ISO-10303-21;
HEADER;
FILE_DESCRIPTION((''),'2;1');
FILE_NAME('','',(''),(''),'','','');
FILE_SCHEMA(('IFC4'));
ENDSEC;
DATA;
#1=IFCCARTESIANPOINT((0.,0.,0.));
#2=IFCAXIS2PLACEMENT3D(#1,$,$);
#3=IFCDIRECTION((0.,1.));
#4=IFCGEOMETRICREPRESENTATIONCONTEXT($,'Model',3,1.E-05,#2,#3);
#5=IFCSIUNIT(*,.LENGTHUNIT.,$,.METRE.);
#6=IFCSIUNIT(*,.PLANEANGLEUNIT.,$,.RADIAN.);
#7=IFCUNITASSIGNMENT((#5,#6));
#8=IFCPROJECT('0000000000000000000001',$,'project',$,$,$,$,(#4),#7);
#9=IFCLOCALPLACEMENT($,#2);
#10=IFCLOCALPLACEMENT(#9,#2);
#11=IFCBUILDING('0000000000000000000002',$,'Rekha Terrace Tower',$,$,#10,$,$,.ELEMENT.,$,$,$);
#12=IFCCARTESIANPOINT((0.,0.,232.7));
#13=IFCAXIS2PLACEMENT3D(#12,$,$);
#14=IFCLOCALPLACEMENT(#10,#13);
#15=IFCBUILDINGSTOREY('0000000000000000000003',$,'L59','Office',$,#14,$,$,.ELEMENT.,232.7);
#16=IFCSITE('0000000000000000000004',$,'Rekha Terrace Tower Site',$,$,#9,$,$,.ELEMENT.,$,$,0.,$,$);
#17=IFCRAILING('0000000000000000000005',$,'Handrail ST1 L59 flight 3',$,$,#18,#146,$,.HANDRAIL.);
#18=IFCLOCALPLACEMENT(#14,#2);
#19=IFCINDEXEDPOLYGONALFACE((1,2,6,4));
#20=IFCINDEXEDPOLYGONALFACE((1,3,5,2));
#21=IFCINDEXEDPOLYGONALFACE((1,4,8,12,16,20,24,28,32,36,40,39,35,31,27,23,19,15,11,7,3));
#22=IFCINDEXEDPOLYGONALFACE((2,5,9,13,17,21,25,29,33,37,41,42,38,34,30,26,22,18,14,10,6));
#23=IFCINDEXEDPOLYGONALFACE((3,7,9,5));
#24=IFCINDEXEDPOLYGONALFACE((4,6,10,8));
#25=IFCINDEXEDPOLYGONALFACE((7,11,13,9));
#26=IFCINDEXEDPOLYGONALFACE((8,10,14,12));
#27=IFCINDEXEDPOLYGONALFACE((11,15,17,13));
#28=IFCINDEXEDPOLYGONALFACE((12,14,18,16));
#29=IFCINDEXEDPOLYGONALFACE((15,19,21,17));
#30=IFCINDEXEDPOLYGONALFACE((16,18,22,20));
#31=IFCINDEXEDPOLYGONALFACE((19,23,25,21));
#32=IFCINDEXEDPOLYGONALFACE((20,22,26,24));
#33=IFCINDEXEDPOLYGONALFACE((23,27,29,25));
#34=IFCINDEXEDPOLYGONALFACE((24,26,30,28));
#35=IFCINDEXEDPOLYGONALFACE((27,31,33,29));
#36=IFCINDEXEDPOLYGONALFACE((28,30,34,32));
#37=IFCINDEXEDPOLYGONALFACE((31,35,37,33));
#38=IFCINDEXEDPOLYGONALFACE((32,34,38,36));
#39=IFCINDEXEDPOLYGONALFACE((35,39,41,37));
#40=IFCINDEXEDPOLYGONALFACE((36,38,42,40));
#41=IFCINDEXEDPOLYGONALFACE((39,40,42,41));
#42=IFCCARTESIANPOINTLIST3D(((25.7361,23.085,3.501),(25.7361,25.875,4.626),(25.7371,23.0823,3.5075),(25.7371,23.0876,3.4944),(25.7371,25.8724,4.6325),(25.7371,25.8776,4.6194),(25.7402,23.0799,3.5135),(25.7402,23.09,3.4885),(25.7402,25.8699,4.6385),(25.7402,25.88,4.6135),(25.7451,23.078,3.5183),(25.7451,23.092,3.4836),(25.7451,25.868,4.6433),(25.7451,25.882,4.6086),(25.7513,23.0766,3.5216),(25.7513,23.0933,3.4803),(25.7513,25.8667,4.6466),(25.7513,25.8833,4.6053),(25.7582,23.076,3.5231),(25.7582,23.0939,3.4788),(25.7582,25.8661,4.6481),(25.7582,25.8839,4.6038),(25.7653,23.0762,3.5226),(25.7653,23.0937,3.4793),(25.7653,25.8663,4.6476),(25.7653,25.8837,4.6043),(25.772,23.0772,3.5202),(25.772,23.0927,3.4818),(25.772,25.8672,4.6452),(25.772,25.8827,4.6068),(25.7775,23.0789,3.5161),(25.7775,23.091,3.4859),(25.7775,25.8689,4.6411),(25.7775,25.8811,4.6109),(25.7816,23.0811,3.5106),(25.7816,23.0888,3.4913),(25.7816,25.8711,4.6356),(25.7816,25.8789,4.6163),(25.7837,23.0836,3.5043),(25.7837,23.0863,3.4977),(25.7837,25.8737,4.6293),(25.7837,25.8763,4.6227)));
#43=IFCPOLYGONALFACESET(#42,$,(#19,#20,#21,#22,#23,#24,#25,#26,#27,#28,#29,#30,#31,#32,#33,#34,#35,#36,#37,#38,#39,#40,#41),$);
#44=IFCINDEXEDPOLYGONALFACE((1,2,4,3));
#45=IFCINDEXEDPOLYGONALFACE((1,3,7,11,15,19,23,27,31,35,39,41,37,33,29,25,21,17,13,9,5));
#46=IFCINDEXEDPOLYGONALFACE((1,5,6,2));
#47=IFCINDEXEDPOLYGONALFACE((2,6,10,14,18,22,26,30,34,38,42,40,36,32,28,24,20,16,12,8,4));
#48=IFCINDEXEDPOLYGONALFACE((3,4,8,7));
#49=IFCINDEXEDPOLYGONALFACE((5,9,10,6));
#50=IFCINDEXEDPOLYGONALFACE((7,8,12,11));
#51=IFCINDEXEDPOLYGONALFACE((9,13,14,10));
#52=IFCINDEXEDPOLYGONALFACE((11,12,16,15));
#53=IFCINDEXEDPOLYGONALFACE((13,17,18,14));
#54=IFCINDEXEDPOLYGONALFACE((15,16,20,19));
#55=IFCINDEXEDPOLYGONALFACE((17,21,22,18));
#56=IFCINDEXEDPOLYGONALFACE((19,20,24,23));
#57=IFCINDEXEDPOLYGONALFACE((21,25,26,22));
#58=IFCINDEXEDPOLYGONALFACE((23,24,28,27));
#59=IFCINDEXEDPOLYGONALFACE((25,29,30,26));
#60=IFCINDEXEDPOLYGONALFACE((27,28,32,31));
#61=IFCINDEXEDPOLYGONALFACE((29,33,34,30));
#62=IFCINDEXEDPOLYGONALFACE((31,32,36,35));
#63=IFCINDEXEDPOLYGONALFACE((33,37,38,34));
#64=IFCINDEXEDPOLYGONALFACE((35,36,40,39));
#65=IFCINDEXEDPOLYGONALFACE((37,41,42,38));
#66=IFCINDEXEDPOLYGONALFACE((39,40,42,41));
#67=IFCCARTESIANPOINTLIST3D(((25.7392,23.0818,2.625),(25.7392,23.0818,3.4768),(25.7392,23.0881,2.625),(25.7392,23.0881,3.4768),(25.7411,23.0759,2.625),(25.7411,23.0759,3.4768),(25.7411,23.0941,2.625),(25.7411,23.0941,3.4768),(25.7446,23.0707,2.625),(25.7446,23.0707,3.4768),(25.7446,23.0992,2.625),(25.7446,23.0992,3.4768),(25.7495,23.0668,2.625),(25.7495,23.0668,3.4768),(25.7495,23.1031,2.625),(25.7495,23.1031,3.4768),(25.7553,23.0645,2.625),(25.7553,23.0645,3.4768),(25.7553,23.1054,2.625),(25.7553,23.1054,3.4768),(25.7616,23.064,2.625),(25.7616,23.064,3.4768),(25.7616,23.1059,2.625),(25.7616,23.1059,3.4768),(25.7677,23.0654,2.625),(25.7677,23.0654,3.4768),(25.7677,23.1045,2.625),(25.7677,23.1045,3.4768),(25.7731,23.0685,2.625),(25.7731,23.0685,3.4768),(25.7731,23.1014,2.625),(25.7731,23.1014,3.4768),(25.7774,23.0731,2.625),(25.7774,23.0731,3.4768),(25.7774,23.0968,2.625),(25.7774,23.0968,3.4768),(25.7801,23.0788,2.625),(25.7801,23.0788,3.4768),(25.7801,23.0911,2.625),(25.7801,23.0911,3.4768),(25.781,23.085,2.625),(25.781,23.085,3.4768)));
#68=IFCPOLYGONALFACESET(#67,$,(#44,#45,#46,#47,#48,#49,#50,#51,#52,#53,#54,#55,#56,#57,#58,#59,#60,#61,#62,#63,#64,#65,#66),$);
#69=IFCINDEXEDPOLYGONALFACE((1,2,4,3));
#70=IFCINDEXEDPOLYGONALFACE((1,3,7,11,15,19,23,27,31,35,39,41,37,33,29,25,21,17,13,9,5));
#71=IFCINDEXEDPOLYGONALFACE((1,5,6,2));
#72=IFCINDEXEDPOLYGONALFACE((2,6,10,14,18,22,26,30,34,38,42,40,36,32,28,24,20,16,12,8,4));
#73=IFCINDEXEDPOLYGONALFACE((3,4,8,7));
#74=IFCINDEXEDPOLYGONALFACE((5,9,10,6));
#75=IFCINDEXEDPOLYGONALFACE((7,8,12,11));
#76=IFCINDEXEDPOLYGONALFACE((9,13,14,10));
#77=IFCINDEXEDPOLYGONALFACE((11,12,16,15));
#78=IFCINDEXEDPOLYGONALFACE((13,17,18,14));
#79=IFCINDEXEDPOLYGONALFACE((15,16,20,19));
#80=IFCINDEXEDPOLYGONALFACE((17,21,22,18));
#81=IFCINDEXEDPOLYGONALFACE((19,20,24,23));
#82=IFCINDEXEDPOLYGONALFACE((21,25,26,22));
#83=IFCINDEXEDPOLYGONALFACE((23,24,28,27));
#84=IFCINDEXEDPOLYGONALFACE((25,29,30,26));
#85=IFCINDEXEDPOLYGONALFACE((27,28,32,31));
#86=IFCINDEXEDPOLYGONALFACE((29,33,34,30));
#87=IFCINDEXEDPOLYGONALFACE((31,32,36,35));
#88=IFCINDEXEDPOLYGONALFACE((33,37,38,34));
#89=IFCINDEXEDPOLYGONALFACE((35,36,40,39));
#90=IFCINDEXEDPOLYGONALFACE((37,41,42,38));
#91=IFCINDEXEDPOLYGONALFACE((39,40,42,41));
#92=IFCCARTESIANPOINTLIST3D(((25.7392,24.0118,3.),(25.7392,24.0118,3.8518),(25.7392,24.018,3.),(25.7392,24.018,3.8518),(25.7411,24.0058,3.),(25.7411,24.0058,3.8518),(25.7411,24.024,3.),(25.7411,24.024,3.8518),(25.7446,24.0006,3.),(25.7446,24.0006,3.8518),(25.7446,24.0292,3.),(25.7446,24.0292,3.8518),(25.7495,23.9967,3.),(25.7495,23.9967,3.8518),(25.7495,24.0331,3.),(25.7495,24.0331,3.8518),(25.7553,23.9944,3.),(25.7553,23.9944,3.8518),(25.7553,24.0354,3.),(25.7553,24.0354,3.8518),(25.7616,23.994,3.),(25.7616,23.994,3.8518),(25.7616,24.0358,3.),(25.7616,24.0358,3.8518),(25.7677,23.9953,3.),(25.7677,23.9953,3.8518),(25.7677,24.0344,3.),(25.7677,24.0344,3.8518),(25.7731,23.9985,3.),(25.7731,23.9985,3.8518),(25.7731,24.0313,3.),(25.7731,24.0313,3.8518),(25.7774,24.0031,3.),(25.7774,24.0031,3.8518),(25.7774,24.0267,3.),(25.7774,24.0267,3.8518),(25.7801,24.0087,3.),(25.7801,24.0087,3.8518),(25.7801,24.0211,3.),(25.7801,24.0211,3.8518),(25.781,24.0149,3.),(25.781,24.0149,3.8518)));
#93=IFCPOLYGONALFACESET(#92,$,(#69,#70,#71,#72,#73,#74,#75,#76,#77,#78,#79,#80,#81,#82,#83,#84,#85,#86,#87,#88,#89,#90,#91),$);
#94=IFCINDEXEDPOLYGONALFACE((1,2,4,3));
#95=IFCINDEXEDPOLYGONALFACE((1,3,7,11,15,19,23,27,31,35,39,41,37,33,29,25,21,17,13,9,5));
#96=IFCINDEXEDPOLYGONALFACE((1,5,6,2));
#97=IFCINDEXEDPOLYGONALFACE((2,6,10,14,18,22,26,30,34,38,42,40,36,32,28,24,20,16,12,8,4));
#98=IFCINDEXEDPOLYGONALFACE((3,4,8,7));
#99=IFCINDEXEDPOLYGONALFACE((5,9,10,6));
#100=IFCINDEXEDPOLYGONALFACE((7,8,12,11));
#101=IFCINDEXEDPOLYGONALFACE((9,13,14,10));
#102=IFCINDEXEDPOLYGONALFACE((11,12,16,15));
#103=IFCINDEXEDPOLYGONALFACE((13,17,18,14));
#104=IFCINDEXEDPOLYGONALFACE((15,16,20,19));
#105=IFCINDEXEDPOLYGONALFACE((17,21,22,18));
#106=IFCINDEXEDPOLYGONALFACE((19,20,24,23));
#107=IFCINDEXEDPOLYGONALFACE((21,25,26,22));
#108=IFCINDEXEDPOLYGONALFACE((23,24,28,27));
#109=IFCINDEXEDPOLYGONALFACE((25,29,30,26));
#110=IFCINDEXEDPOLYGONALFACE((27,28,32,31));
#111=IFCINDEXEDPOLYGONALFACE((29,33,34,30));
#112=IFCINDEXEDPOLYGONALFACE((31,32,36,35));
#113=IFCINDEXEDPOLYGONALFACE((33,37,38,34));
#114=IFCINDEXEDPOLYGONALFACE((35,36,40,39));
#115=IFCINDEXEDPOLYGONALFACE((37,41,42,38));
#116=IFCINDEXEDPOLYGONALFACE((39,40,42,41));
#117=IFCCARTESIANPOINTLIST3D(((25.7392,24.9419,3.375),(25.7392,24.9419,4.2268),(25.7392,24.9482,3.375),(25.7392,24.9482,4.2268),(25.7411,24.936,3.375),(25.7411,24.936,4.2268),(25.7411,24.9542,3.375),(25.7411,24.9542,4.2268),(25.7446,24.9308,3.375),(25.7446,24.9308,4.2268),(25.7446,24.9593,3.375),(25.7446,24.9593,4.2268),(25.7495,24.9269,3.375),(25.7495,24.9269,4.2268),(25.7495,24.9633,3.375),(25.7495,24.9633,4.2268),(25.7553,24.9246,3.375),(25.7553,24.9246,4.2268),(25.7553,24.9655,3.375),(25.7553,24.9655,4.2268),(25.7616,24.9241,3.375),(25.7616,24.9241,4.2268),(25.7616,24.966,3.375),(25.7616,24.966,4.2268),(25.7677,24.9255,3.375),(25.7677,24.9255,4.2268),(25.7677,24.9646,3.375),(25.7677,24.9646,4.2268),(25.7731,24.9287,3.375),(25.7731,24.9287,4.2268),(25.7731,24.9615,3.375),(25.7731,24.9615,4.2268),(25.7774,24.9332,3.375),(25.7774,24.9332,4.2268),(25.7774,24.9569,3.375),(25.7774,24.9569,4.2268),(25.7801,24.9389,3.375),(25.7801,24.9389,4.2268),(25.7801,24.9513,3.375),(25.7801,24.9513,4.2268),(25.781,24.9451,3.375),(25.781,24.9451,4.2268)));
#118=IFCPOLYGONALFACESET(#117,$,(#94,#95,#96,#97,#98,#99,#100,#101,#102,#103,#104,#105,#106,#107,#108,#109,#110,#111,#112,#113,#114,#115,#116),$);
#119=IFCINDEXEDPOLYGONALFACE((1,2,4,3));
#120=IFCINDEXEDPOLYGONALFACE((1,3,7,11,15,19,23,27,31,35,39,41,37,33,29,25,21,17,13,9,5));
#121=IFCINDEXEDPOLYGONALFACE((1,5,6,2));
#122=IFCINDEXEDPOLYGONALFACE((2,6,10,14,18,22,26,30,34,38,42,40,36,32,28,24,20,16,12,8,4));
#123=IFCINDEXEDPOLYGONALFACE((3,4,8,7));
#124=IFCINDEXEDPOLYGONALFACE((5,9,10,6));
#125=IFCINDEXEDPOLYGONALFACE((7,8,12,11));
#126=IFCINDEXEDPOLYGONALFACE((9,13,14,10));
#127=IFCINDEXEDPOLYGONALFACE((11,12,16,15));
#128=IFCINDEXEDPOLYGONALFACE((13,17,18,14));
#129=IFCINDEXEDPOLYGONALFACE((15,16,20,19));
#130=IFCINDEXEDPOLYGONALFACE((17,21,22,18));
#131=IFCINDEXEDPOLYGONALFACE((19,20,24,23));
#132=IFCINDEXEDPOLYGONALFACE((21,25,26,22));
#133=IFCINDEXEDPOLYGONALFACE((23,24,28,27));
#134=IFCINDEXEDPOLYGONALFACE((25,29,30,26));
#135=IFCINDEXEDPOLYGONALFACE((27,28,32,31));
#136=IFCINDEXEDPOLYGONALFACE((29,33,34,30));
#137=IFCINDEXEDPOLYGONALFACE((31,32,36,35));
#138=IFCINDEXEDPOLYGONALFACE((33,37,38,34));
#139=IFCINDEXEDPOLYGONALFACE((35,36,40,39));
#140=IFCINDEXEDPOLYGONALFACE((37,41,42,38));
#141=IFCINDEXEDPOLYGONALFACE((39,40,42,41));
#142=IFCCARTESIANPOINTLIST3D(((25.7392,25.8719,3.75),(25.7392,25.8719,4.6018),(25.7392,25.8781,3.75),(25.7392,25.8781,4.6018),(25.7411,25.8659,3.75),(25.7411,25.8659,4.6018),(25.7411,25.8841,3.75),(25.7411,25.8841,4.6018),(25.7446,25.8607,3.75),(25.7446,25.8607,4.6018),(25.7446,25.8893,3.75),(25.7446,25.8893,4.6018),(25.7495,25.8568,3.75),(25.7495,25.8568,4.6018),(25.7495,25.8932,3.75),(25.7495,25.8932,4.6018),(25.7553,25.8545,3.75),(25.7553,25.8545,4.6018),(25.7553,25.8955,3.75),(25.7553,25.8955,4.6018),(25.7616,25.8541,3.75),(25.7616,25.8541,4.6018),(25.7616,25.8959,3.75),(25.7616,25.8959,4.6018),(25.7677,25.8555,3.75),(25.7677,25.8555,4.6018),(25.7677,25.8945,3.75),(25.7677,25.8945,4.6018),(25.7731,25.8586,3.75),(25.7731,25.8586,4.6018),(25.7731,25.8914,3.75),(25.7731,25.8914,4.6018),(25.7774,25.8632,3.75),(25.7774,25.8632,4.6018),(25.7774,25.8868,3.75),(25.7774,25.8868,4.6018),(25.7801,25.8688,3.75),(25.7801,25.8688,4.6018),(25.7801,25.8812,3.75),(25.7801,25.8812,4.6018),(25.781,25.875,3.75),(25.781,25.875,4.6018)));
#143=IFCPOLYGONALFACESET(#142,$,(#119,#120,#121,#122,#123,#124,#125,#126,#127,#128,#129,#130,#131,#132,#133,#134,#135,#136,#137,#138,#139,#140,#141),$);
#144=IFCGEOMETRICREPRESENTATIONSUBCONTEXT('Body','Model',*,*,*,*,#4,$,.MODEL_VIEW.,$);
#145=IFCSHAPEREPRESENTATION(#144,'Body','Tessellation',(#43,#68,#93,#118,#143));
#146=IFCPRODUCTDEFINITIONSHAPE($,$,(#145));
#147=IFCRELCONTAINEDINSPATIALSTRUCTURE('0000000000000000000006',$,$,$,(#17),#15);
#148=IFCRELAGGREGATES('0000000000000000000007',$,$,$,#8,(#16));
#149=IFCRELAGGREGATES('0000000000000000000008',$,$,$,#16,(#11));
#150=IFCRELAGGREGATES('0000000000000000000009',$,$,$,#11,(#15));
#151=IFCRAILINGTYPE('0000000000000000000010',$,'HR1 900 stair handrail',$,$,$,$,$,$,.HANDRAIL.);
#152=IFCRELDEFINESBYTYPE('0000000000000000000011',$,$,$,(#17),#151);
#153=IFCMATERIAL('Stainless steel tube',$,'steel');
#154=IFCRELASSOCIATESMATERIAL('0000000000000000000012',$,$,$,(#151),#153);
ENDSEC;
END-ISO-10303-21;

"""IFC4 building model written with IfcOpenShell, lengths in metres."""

from ifc_helpers import new_model, si_unit, direction, frame, origin, origin_2d, place, context, subcontext, project, spatial, circle, extrude, material, type_object, element, save


model = new_model("IFC4")

# Units and contexts
model_context = context("Model", 3, precision=1e-05, world=origin(), true_north=direction((0.0, 1.0)))
body_context = subcontext(model_context, "Body", "Model", "MODEL_VIEW")
ifc_project = project(units=[si_unit("LENGTHUNIT", "METRE"), si_unit("PLANEANGLEUNIT", "RADIAN")], contexts=[model_context])

# Site, building, storey
site_placement = place(None, origin())
site = spatial("IfcSite", under=ifc_project, at=site_placement, Name="Rekha Terrace Tower Site", CompositionType="ELEMENT", RefElevation=0.0)
building_placement = place(site_placement, origin())
building = spatial("IfcBuilding", under=site, at=building_placement, Name="Rekha Terrace Tower", CompositionType="ELEMENT")
storey_placement = place(building_placement, frame((0.0, 0.0, 232.7)))
storey = spatial("IfcBuildingStorey", under=building, at=storey_placement, Name="L59", Description="Office", CompositionType="ELEMENT", Elevation=232.7)

# Railing
ifc_material_1 = material(Name="Stainless steel tube", Category="steel")
railing_type_1 = type_object("IfcRailingType", Name="HR1 900 stair handrail", PredefinedType="HANDRAIL", material=ifc_material_1)
railing_1_placement = place(storey_placement, frame((25.76, 23.085, 2.625)))
element("IfcRailing", 1, at=railing_1_placement, inside=storey, type_object=railing_type_1, Name="Handrail ST1 L59 flight 3", PredefinedType="HANDRAIL", context=body_context, shape_type="SweptSolid", body=[
    extrude(circle(Radius=0.0239, at=origin_2d()), frame((0.0, 0.0, 0.876), z_axis=(0.0, 0.927443, 0.373964), x_axis=(-1.0, 0.0, 0.0)), (0.0, 0.0, 1.0), 3.0083),
    extrude(circle(Radius=0.021, at=origin_2d()), origin(), (0.0, 0.0, 1.0), 0.8518),
    extrude(circle(Radius=0.021, at=origin_2d()), frame((0.0, 0.9299, 0.375)), (0.0, 0.0, 1.0), 0.8518),
    extrude(circle(Radius=0.021, at=origin_2d()), frame((0.0, 1.8601, 0.75)), (0.0, 0.0, 1.0), 0.8518),
    extrude(circle(Radius=0.021, at=origin_2d()), frame((0.0, 2.79, 1.125)), (0.0, 0.0, 1.0), 0.8518),
])

save(model, "model.ifc")
